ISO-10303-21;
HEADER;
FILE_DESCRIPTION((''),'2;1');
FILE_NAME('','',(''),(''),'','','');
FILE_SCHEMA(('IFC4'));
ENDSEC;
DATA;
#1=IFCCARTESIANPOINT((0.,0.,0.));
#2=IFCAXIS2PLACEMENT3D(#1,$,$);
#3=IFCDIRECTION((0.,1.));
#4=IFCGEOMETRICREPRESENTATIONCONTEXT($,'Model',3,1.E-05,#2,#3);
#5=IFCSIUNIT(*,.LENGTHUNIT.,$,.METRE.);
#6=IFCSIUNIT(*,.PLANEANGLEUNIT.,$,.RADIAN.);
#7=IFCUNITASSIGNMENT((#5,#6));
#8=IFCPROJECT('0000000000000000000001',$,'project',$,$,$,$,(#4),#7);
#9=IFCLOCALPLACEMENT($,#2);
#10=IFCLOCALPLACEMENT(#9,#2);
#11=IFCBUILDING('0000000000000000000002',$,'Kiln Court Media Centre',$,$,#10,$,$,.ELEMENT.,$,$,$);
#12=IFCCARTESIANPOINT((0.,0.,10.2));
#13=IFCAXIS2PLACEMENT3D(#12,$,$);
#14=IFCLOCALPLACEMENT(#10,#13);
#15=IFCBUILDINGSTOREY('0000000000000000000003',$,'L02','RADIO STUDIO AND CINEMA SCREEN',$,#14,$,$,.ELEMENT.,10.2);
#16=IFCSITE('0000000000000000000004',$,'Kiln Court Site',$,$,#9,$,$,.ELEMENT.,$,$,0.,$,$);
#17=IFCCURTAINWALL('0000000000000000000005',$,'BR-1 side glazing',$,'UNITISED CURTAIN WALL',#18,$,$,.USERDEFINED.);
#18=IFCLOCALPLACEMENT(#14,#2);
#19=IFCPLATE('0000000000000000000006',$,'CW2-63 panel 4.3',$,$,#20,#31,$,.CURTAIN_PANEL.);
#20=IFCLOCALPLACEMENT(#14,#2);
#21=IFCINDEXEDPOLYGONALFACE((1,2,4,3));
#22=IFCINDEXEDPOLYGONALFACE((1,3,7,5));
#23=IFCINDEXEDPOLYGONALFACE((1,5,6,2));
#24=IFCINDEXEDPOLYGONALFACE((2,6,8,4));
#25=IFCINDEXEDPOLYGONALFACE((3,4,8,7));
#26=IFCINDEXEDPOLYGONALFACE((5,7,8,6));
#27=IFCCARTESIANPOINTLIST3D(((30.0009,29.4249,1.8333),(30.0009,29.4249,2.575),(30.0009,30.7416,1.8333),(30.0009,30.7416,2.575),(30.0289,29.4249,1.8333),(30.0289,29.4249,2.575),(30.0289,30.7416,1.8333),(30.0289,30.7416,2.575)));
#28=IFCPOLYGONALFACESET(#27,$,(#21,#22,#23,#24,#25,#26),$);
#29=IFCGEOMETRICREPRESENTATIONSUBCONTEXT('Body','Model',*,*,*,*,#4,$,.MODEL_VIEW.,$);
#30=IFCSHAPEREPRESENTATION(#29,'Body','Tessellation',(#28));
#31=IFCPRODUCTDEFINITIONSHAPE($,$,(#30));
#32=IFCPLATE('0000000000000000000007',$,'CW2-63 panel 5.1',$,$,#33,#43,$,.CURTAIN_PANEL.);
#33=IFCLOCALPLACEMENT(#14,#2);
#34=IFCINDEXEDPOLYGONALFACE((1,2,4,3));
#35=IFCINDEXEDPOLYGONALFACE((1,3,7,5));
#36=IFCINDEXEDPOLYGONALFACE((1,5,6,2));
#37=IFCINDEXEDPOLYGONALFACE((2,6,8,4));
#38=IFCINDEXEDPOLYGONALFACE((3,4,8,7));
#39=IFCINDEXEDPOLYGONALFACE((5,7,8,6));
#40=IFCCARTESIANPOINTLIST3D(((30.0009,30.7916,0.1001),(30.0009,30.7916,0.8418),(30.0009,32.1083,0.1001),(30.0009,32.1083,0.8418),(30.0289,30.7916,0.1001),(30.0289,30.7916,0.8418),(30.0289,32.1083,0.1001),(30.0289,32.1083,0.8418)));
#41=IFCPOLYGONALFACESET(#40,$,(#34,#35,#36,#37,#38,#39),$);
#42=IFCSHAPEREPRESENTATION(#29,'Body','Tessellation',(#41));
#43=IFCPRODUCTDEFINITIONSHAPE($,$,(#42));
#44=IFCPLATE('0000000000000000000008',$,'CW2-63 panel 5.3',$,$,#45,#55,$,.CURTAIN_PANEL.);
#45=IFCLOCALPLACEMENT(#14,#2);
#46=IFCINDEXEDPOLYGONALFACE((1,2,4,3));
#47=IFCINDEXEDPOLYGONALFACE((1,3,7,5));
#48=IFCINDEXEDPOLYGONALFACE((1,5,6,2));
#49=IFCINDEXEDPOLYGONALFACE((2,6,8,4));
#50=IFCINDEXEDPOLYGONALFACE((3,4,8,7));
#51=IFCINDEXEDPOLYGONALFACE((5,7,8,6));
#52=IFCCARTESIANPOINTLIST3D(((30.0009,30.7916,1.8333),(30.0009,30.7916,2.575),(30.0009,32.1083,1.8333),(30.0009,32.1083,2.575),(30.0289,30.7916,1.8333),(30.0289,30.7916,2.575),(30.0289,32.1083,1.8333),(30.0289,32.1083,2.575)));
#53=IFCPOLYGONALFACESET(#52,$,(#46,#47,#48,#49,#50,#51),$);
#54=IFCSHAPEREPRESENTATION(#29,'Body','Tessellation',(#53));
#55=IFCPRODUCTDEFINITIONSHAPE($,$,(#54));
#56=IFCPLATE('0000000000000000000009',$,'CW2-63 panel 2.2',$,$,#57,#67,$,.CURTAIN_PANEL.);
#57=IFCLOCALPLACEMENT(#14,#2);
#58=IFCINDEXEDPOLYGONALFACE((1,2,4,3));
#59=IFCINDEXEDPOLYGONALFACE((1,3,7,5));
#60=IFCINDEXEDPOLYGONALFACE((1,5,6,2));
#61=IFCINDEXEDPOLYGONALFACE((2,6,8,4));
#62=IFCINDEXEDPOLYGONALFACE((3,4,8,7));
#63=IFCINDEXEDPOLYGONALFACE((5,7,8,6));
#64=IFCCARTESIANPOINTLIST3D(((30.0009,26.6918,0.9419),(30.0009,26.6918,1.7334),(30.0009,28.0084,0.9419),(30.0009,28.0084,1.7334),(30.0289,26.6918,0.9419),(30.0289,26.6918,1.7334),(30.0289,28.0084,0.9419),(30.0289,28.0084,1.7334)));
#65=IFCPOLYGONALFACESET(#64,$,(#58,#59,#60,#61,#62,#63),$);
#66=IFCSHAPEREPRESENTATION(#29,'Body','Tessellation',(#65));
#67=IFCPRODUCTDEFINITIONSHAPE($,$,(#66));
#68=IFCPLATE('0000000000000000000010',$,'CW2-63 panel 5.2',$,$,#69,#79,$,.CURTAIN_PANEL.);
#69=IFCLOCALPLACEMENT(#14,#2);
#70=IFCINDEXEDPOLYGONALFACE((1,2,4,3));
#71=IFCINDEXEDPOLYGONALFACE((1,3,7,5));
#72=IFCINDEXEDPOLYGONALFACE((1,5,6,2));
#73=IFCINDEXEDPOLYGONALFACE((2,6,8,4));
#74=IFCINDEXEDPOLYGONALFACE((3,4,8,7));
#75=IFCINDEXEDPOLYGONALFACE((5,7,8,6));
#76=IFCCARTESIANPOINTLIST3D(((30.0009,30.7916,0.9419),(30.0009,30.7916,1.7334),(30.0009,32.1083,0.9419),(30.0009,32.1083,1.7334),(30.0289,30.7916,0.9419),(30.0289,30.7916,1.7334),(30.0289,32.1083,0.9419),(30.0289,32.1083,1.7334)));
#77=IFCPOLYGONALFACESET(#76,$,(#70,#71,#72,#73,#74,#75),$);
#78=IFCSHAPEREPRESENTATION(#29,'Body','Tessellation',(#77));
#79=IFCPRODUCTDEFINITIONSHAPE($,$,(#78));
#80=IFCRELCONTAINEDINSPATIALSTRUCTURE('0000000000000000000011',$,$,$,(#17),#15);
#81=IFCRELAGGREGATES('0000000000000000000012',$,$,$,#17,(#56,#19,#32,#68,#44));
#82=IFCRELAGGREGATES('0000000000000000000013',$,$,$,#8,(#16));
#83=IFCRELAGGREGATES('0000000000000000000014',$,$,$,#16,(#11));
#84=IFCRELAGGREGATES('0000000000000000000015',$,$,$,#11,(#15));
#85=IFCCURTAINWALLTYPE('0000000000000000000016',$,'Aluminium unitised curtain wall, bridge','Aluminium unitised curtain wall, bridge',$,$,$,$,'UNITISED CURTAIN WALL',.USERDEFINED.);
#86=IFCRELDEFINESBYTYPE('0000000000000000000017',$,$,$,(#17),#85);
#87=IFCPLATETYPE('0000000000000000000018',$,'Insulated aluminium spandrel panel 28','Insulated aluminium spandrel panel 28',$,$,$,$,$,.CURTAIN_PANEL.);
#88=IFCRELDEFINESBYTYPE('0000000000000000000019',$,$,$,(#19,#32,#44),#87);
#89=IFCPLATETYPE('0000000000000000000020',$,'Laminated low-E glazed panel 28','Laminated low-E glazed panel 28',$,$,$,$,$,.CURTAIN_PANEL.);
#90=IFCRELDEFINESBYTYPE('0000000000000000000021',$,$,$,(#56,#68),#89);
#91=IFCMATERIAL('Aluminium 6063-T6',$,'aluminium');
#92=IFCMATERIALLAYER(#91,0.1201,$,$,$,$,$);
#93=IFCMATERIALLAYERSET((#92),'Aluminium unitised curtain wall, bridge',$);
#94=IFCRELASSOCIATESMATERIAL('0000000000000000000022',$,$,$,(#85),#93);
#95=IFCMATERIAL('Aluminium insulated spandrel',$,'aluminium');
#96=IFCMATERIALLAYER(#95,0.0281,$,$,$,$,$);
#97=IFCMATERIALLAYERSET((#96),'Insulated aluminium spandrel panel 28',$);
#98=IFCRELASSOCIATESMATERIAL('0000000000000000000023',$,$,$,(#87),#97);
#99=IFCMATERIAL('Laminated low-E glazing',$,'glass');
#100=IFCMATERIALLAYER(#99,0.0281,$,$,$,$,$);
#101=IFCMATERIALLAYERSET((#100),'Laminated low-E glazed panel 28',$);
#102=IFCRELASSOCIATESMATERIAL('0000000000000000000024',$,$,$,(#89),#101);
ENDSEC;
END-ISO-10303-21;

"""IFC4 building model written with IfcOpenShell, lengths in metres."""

from ifc_helpers import new_model, si_unit, direction, frame, origin, origin_2d, place, context, subcontext, project, spatial, rectangle, extrude, material, layer, layer_set, type_object, element, aggregate, save


model = new_model("IFC4")

# Units and contexts
model_context = context("Model", 3, precision=1e-05, world=origin(), true_north=direction((0.0, 1.0)))
body_context = subcontext(model_context, "Body", "Model", "MODEL_VIEW")
ifc_project = project(units=[si_unit("LENGTHUNIT", "METRE"), si_unit("PLANEANGLEUNIT", "RADIAN")], contexts=[model_context])

# Site, building, storey
site_placement = place(None, origin())
site = spatial("IfcSite", under=ifc_project, at=site_placement, Name="Kiln Court Site", CompositionType="ELEMENT", RefElevation=0.0)
building_placement = place(site_placement, origin())
building = spatial("IfcBuilding", under=site, at=building_placement, Name="Kiln Court Media Centre", CompositionType="ELEMENT")
storey_placement = place(building_placement, frame((0.0, 0.0, 10.2)))
storey = spatial("IfcBuildingStorey", under=building, at=storey_placement, Name="L02", Description="RADIO STUDIO AND CINEMA SCREEN", CompositionType="ELEMENT", Elevation=10.2)

# Curtain wall, plates
ifc_material_1 = material(Name="Aluminium 6063-T6", Category="aluminium")
ifc_layer_1 = layer(ifc_material_1, 0.1201)
ifc_layer_set_1 = layer_set([ifc_layer_1], Name="Aluminium unitised curtain wall, bridge")
curtain_wall_type = type_object("IfcCurtainWallType", Name="Aluminium unitised curtain wall, bridge", Description="Aluminium unitised curtain wall, bridge", ElementType="UNITISED CURTAIN WALL", PredefinedType="USERDEFINED", material=ifc_layer_set_1)
curtain_wall_placement = place(storey_placement, origin())
curtain_wall = element("IfcCurtainWall", 1, at=curtain_wall_placement, inside=storey, type_object=curtain_wall_type, Name="BR-1 side glazing", ObjectType="UNITISED CURTAIN WALL", PredefinedType="USERDEFINED")
ifc_material_2 = material(Name="Aluminium insulated spandrel", Category="aluminium")
ifc_layer_2 = layer(ifc_material_2, 0.0281)
ifc_layer_set_2 = layer_set([ifc_layer_2], Name="Insulated aluminium spandrel panel 28")
plate_type_1 = type_object("IfcPlateType", Name="Insulated aluminium spandrel panel 28", Description="Insulated aluminium spandrel panel 28", PredefinedType="CURTAIN_PANEL", material=ifc_layer_set_2)
plate_1_placement = place(storey_placement, frame((30.0149, 30.0833, 1.8333), z_axis=(0.0, 0.0, 1.0), x_axis=(0.0, 1.0, 0.0)))
plate_1 = element("IfcPlate", 2, at=plate_1_placement, type_object=plate_type_1, Name="CW2-63 panel 4.3", PredefinedType="CURTAIN_PANEL", context=body_context, shape_type="SweptSolid", body=[
    extrude(rectangle(XDim=1.3167, YDim=0.0281, at=origin_2d()), origin(), (0.0, 0.0, 1.0), 0.7417),
])
plate_2_placement = place(storey_placement, frame((30.0149, 31.45, 0.1001), z_axis=(0.0, 0.0, 1.0), x_axis=(0.0, 1.0, 0.0)))
plate_2 = element("IfcPlate", 3, at=plate_2_placement, type_object=plate_type_1, Name="CW2-63 panel 5.1", PredefinedType="CURTAIN_PANEL", context=body_context, shape_type="SweptSolid", body=[
    extrude(rectangle(XDim=1.3167, YDim=0.0281, at=origin_2d()), origin(), (0.0, 0.0, 1.0), 0.7417),
])
plate_3_placement = place(storey_placement, frame((30.0149, 31.45, 1.8333), z_axis=(0.0, 0.0, 1.0), x_axis=(0.0, 1.0, 0.0)))
plate_3 = element("IfcPlate", 4, at=plate_3_placement, type_object=plate_type_1, Name="CW2-63 panel 5.3", PredefinedType="CURTAIN_PANEL", context=body_context, shape_type="SweptSolid", body=[
    extrude(rectangle(XDim=1.3167, YDim=0.0281, at=origin_2d()), origin(), (0.0, 0.0, 1.0), 0.7417),
])
ifc_material_3 = material(Name="Laminated low-E glazing", Category="glass")
ifc_layer_3 = layer(ifc_material_3, 0.0281)
ifc_layer_set_3 = layer_set([ifc_layer_3], Name="Laminated low-E glazed panel 28")
plate_type_2 = type_object("IfcPlateType", Name="Laminated low-E glazed panel 28", Description="Laminated low-E glazed panel 28", PredefinedType="CURTAIN_PANEL", material=ifc_layer_set_3)
plate_4_placement = place(storey_placement, frame((30.0149, 27.3501, 0.9419), z_axis=(0.0, 0.0, 1.0), x_axis=(0.0, 1.0, 0.0)))
plate_4 = element("IfcPlate", 5, at=plate_4_placement, type_object=plate_type_2, Name="CW2-63 panel 2.2", PredefinedType="CURTAIN_PANEL", context=body_context, shape_type="SweptSolid", body=[
    extrude(rectangle(XDim=1.3167, YDim=0.0281, at=origin_2d()), origin(), (0.0, 0.0, 1.0), 0.7915),
])
plate_5_placement = place(storey_placement, frame((30.0149, 31.45, 0.9419), z_axis=(0.0, 0.0, 1.0), x_axis=(0.0, 1.0, 0.0)))
plate_5 = element("IfcPlate", 6, at=plate_5_placement, type_object=plate_type_2, Name="CW2-63 panel 5.2", PredefinedType="CURTAIN_PANEL", context=body_context, shape_type="SweptSolid", body=[
    extrude(rectangle(XDim=1.3167, YDim=0.0281, at=origin_2d()), origin(), (0.0, 0.0, 1.0), 0.7915),
])
aggregate(curtain_wall, [plate_4, plate_1, plate_2, plate_5, plate_3])

save(model, "model.ifc")
